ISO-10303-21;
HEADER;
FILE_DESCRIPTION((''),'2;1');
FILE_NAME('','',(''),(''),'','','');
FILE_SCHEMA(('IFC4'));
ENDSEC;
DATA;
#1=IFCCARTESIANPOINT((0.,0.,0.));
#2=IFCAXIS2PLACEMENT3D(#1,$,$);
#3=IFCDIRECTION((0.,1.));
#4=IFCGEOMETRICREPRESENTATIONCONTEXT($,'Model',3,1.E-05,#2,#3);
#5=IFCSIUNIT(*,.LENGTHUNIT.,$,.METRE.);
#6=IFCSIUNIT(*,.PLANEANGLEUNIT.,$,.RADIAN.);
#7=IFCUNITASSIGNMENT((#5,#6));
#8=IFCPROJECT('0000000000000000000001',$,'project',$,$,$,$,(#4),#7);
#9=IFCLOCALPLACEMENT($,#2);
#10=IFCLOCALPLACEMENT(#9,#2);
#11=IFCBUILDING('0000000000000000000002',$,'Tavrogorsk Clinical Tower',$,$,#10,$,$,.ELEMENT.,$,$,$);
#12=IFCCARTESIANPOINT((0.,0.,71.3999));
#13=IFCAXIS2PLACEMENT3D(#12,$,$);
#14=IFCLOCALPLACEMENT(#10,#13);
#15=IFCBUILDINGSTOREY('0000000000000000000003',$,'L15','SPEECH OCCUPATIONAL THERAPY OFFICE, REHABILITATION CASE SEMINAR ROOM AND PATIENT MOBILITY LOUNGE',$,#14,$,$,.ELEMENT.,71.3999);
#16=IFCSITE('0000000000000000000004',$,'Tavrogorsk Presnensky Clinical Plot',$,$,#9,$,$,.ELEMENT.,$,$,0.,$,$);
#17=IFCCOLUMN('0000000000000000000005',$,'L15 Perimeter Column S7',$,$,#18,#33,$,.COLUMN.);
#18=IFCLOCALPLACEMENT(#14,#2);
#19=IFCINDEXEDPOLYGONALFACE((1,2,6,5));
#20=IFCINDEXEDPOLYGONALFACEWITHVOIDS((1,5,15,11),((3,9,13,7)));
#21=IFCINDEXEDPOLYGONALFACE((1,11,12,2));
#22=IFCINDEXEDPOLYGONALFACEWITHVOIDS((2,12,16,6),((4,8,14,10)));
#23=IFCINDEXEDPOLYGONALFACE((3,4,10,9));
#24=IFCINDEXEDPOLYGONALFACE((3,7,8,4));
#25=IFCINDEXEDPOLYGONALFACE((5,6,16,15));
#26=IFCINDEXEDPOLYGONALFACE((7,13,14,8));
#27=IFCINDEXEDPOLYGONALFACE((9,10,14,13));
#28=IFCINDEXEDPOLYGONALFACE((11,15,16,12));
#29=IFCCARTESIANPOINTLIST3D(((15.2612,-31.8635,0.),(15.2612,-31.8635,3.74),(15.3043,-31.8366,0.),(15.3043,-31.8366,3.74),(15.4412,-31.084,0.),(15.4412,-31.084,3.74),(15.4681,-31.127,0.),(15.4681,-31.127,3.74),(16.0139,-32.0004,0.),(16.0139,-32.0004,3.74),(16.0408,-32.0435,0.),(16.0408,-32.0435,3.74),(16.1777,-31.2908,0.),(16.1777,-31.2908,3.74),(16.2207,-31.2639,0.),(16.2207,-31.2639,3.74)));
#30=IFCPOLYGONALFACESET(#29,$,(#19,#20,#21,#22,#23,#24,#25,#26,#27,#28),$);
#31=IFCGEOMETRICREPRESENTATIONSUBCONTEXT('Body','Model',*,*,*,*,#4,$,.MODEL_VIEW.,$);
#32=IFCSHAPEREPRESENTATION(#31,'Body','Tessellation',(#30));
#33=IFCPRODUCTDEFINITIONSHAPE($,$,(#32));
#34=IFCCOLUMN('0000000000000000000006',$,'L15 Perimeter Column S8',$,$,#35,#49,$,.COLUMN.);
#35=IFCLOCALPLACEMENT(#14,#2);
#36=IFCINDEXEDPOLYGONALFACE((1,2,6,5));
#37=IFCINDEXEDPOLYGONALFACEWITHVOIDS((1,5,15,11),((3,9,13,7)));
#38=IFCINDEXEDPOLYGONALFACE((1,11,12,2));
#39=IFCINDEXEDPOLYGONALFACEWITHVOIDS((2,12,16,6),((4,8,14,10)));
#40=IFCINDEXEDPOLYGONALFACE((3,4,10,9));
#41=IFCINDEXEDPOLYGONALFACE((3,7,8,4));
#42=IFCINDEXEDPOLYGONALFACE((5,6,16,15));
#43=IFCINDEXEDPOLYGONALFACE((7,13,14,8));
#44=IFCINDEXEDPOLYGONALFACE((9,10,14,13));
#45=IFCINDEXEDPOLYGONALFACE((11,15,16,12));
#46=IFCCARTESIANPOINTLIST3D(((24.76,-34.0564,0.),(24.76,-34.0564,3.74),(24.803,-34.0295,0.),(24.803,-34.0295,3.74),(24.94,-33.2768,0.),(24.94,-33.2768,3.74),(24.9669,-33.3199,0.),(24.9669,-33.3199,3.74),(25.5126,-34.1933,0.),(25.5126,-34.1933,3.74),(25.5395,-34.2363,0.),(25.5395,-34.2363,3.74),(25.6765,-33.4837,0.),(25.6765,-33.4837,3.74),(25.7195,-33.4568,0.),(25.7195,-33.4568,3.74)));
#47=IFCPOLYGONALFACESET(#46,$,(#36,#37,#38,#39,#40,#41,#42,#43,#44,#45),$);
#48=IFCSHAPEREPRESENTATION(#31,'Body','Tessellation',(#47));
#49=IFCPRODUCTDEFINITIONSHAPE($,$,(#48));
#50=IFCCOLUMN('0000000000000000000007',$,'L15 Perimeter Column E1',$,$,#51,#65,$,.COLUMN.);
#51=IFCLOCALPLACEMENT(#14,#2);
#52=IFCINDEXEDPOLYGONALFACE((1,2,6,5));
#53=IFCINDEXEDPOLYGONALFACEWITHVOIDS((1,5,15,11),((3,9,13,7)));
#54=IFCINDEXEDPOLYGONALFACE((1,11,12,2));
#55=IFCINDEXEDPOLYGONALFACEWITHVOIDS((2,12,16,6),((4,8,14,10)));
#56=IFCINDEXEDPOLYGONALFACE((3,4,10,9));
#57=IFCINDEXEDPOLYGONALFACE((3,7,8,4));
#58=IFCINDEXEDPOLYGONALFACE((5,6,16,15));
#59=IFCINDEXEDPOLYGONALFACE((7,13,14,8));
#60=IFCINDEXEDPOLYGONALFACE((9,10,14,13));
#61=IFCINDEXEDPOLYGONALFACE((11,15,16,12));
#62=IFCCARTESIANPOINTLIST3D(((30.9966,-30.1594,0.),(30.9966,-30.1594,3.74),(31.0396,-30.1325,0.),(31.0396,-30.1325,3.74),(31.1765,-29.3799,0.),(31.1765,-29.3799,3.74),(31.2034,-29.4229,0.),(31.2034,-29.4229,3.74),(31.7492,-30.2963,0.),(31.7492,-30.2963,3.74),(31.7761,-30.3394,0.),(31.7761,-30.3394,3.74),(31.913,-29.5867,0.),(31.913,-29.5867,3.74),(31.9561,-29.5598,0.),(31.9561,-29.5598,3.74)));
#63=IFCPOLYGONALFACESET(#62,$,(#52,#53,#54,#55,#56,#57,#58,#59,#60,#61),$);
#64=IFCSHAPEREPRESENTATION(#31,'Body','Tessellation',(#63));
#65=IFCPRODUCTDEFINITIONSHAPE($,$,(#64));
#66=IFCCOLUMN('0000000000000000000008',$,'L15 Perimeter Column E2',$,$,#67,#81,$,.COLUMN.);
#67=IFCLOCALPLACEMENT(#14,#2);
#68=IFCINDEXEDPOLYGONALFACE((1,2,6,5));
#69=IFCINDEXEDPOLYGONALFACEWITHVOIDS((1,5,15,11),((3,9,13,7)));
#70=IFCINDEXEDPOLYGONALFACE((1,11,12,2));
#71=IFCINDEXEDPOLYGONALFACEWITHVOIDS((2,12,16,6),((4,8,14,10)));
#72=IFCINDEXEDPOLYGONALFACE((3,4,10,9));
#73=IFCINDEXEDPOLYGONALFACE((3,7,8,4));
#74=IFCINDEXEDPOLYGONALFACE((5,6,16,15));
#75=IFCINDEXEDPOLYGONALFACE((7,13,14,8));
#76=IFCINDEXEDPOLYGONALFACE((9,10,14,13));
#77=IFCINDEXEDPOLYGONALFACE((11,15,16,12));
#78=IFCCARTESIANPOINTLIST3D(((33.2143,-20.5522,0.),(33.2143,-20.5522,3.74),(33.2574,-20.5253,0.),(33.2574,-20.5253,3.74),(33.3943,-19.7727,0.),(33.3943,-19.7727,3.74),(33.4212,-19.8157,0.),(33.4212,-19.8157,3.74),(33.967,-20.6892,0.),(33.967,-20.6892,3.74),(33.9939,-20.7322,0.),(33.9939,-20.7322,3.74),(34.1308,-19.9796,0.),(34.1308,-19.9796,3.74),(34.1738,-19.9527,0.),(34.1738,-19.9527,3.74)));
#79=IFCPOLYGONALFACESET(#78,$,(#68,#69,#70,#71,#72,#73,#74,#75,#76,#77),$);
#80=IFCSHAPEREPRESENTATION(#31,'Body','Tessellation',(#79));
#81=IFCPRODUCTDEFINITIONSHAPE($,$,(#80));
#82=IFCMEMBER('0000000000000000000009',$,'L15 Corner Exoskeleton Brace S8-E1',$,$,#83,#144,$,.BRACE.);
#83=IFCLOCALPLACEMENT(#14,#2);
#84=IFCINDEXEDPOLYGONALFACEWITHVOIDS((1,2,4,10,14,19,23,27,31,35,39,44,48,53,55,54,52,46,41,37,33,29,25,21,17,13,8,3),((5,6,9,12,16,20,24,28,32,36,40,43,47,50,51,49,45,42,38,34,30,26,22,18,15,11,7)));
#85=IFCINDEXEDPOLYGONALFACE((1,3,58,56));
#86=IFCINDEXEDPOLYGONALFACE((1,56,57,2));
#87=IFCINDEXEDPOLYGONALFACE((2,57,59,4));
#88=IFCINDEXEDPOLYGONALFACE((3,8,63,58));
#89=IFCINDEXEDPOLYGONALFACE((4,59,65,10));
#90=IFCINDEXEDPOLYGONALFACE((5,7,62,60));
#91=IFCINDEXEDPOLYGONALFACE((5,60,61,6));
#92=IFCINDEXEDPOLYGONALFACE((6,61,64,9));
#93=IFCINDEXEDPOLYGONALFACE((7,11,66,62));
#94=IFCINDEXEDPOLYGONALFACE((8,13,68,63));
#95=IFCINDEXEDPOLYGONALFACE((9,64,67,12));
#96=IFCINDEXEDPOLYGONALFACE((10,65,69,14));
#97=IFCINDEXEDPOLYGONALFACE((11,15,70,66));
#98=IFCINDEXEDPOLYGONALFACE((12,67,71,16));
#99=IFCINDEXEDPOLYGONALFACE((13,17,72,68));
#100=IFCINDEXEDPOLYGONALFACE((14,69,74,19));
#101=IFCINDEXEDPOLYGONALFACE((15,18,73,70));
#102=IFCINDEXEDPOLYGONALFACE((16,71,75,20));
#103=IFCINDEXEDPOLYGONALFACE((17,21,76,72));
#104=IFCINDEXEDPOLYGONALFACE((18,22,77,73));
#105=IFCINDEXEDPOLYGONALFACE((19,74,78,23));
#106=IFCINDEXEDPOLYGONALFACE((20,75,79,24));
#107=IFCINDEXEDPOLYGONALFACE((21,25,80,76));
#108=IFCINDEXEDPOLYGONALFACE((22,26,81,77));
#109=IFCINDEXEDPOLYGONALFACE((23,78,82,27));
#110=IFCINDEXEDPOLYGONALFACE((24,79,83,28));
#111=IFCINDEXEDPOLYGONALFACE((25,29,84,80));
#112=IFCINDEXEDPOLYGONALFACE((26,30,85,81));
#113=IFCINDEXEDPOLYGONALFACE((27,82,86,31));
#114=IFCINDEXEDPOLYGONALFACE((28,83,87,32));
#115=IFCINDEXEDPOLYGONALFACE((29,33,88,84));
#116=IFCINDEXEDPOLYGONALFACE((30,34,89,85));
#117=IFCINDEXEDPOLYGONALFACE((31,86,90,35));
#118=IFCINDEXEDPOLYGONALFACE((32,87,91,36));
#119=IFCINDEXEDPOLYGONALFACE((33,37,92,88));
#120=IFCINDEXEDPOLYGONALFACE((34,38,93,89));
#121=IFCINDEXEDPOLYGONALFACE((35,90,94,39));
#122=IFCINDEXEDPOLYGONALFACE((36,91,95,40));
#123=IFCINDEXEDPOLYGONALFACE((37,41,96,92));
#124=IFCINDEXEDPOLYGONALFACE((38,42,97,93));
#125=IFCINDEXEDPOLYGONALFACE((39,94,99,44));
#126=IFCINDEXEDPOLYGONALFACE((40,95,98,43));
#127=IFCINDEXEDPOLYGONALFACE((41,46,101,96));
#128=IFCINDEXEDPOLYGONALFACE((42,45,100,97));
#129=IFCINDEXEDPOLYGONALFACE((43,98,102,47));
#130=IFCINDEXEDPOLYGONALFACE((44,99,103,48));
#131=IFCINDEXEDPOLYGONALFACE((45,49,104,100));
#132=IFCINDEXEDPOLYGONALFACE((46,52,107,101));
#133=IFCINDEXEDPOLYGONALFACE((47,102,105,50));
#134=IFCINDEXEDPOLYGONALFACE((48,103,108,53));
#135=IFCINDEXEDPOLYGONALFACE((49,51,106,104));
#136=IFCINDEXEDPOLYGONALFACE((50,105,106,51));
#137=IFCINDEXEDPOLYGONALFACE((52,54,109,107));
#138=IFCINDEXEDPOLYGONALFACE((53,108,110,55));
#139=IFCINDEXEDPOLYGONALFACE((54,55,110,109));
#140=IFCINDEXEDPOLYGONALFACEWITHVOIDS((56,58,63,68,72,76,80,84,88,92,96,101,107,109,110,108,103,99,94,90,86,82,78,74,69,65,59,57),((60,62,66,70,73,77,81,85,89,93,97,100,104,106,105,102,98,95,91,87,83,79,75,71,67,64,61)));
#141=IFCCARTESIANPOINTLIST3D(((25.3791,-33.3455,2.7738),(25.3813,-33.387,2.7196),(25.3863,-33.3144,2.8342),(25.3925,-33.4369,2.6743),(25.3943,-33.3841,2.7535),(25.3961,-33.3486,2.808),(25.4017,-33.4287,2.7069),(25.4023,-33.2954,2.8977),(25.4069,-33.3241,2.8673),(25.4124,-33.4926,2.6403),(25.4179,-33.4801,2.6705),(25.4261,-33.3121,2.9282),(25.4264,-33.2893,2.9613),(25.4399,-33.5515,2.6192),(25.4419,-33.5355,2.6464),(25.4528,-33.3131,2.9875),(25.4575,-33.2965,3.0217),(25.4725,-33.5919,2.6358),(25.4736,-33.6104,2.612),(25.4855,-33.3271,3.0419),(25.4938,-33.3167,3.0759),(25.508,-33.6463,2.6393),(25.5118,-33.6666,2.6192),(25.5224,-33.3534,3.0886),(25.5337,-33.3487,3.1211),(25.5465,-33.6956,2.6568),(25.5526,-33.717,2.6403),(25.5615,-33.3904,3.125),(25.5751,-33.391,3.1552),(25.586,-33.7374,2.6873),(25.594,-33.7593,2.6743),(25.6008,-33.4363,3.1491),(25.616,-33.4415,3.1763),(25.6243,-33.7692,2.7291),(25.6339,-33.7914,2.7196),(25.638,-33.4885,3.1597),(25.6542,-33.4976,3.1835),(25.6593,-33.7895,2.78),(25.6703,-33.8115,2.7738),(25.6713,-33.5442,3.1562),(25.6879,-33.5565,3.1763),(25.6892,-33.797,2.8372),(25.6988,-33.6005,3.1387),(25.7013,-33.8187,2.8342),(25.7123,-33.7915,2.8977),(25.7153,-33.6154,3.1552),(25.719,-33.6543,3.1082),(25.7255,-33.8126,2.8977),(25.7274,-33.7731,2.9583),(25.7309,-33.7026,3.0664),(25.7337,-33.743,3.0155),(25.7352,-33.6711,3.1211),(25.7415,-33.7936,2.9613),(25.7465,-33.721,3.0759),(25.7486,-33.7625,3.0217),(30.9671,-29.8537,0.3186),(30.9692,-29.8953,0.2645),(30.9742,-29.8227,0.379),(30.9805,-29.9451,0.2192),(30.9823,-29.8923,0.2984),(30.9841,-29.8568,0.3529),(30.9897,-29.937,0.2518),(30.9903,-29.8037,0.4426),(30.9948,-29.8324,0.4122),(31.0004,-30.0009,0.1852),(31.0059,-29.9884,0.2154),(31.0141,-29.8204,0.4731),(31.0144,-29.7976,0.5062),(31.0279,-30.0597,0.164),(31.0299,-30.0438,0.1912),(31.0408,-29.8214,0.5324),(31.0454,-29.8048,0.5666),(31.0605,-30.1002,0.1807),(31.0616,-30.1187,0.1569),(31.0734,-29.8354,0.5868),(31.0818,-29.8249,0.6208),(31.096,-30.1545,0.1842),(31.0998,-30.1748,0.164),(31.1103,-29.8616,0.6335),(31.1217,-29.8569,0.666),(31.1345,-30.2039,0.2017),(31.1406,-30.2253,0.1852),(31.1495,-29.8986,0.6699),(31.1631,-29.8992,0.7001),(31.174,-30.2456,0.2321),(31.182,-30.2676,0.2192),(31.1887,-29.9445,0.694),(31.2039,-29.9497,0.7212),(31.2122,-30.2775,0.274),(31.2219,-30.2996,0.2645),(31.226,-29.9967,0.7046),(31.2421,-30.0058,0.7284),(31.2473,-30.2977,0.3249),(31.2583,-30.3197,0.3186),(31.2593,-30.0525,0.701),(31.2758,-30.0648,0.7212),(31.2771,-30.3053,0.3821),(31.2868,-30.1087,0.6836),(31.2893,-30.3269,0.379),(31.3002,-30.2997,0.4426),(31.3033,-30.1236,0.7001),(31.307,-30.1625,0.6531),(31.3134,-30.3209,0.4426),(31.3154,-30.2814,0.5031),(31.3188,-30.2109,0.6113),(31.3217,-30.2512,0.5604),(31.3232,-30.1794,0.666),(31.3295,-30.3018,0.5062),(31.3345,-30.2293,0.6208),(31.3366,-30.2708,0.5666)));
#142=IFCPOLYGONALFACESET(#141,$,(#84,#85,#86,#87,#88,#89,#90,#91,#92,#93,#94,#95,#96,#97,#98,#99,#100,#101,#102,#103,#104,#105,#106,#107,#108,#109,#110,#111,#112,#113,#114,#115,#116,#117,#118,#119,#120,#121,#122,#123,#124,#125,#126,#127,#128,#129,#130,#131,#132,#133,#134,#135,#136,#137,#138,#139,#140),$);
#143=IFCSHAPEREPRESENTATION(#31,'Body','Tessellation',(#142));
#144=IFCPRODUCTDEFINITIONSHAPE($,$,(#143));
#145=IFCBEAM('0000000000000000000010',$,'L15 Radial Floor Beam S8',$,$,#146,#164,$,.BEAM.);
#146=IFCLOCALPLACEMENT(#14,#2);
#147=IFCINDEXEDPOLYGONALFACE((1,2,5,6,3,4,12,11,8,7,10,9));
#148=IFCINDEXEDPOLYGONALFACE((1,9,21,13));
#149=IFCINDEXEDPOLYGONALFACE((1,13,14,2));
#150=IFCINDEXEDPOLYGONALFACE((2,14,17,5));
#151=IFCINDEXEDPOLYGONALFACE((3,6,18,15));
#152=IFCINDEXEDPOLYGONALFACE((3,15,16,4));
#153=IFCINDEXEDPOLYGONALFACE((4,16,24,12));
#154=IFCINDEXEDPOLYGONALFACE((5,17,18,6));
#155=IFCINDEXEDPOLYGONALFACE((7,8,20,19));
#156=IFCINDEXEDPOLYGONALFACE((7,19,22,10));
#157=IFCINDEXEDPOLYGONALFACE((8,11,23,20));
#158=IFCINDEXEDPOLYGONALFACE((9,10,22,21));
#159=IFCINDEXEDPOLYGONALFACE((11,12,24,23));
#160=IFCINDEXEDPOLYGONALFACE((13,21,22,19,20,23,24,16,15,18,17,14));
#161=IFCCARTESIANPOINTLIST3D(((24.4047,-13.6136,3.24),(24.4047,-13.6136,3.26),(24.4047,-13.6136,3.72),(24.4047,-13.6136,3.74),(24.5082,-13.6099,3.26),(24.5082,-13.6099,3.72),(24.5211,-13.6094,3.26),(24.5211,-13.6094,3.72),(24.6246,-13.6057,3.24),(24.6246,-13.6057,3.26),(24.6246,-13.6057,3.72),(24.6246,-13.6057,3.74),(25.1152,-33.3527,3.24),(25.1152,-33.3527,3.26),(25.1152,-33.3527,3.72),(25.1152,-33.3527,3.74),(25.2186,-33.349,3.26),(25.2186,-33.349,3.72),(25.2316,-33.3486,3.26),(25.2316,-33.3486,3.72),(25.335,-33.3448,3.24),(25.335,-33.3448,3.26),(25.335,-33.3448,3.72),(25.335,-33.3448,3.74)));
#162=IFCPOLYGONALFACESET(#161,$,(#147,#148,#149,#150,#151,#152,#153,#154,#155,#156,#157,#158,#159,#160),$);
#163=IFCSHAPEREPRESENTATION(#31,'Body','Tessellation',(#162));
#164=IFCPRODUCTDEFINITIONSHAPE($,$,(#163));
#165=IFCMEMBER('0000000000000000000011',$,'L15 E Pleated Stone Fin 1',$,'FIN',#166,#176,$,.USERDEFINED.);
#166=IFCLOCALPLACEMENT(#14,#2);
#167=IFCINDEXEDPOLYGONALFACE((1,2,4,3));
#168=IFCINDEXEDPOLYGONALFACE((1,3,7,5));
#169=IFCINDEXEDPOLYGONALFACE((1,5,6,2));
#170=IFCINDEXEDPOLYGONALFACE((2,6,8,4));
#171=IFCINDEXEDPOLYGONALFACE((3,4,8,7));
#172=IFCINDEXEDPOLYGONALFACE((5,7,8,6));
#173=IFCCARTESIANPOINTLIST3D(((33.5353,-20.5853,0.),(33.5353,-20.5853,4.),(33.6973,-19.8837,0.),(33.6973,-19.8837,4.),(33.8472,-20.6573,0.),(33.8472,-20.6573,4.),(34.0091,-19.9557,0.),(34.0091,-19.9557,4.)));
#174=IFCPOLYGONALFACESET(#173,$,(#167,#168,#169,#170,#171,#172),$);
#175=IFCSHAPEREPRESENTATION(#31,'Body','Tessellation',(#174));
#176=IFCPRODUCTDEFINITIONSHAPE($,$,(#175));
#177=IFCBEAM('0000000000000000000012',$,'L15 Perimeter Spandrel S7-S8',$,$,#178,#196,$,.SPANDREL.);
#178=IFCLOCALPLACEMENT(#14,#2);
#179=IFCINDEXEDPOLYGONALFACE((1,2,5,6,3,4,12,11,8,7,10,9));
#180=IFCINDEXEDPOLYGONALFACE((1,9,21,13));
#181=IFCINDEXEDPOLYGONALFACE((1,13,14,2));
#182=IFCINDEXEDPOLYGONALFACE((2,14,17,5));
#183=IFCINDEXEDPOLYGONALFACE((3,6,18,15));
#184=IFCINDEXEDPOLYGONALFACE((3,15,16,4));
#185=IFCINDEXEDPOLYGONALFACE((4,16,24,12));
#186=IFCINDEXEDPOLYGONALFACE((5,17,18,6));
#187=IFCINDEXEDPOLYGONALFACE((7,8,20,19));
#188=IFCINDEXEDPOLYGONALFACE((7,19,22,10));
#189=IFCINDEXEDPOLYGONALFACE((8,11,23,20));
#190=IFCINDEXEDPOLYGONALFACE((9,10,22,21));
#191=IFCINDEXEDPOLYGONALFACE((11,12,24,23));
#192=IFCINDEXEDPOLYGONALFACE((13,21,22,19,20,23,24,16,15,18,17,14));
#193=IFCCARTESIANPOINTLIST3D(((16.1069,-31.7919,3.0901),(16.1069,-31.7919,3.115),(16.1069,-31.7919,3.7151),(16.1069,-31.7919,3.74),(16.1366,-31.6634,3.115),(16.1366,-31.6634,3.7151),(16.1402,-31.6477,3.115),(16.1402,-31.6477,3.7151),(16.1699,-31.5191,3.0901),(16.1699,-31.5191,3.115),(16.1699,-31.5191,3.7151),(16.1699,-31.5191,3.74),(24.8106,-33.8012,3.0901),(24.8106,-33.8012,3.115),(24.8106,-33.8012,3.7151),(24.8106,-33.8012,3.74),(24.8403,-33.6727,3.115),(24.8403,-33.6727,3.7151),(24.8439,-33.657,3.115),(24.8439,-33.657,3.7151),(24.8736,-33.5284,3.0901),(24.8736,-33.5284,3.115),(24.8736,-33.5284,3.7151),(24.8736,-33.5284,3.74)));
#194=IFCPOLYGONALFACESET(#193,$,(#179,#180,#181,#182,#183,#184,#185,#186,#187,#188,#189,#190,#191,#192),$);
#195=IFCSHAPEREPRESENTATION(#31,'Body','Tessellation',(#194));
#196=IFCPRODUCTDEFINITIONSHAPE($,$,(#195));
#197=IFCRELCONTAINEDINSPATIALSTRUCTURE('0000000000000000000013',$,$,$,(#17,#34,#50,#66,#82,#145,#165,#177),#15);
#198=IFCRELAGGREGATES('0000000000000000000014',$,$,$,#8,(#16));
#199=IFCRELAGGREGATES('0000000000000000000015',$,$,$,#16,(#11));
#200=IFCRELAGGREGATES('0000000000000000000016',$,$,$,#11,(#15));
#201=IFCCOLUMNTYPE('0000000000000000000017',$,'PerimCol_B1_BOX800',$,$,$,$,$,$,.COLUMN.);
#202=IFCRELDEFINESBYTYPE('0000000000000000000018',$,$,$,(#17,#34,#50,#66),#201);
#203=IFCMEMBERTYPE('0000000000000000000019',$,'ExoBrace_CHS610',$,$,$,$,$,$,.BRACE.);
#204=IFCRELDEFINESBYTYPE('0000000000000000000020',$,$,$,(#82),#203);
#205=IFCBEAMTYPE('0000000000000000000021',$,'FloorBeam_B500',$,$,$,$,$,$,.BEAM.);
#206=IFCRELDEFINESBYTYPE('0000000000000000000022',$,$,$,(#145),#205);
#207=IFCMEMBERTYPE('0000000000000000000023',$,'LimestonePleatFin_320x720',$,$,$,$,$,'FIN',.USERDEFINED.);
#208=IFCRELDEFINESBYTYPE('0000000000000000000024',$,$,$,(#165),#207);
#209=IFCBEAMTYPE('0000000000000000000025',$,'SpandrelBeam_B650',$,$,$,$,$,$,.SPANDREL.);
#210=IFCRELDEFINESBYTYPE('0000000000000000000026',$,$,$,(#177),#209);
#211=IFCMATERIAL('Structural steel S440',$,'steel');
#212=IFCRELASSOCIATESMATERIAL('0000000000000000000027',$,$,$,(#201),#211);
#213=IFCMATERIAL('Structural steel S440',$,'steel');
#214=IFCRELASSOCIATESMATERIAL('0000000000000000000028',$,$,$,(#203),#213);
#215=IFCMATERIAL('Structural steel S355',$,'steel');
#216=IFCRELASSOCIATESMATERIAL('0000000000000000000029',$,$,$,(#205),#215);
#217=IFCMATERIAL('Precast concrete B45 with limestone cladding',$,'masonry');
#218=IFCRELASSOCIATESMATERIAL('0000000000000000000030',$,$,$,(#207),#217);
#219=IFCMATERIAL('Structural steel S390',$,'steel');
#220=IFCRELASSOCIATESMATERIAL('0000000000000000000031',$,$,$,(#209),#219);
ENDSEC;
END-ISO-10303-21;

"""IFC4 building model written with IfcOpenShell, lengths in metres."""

from ifc_helpers import new_model, si_unit, direction, frame, origin, origin_2d, place, context, subcontext, project, spatial, rectangle, hollow_rectangle, hollow_circle, i_section, extrude, material, material_profile, profile_set, type_object, element, save


model = new_model("IFC4")

# Units and contexts
model_context = context("Model", 3, precision=1e-05, world=origin(), true_north=direction((0.0, 1.0)))
body_context = subcontext(model_context, "Body", "Model", "MODEL_VIEW")
ifc_project = project(units=[si_unit("LENGTHUNIT", "METRE"), si_unit("PLANEANGLEUNIT", "RADIAN")], contexts=[model_context])

# Site, building, storey
site_placement = place(None, origin())
site = spatial("IfcSite", under=ifc_project, at=site_placement, Name="Tavrogorsk Presnensky Clinical Plot", CompositionType="ELEMENT", RefElevation=0.0)
building_placement = place(site_placement, origin())
building = spatial("IfcBuilding", under=site, at=building_placement, Name="Tavrogorsk Clinical Tower", CompositionType="ELEMENT")
storey_placement = place(building_placement, frame((0.0, 0.0, 71.3999)))
storey = spatial("IfcBuildingStorey", under=building, at=storey_placement, Name="L15", Description="SPEECH OCCUPATIONAL THERAPY OFFICE, REHABILITATION CASE SEMINAR ROOM AND PATIENT MOBILITY LOUNGE", CompositionType="ELEMENT", Elevation=71.3999)

# Columns
ifc_material_1 = material(Name="Structural steel S440", Category="steel")
ifc_material_profile_1 = material_profile(ifc_material_1, hollow_rectangle(XDim=0.8, YDim=0.8, WallThickness=0.0359, at=origin_2d()), Name="BOX-800x800x36")
ifc_profile_set_1 = profile_set([ifc_material_profile_1], Name="Structural steel S440")
column_type = type_object("IfcColumnType", Name="PerimCol_B1_BOX800", PredefinedType="COLUMN", material=ifc_profile_set_1)
for number, where, z_axis, x_axis, name in (
    (1, (15.741, -31.5637, 0.0), (0.0, 0.0, 1.0), (0.97437, -0.224951, 0.0), "L15 Perimeter Column S7"),
    (2, (25.2397, -33.7566, 0.0), (0.0, 0.0, 1.0), (0.97437, -0.224951, 0.0), "L15 Perimeter Column S8"),
    (3, (31.4763, -29.8596, 0.0), (0.0, 0.0, 1.0), (0.97437, -0.224951, 0.0), "L15 Perimeter Column E1"),
    (4, (33.6941, -20.2524, 0.0), (0.0, 0.0, 1.0), (0.97437, -0.224951, 0.0), "L15 Perimeter Column E2"),
):
    element("IfcColumn", number, at=place(storey_placement, frame(where, z_axis=z_axis, x_axis=x_axis)), inside=storey, type_object=column_type, Name=name, PredefinedType="COLUMN", context=body_context, shape_type="SweptSolid", body=[
        extrude(hollow_rectangle(XDim=0.8, YDim=0.8, WallThickness=0.0359, at=origin_2d()), origin(), (0.0, 0.0, 1.0), 3.74),
    ])

# Member
ifc_material_2 = material(Name="Structural steel S440", Category="steel")
ifc_material_profile_2 = material_profile(ifc_material_2, hollow_circle(Radius=0.3049, WallThickness=0.0249, at=origin_2d()), Name="CHS-610x25")
ifc_profile_set_2 = profile_set([ifc_material_profile_2], Name="Structural steel S440")
member_type_1 = type_object("IfcMemberType", Name="ExoBrace_CHS610", PredefinedType="BRACE", material=ifc_profile_set_2)
member_1_placement = place(storey_placement, frame((31.1519, -30.0623, 0.4426), z_axis=(-0.794679, -0.49657, 0.349148), x_axis=(0.529919, -0.848048, 0.0)))
element("IfcMember", 5, at=member_1_placement, inside=storey, type_object=member_type_1, Name="L15 Corner Exoskeleton Brace S8-E1", PredefinedType="BRACE", context=body_context, shape_type="SweptSolid", body=[
    extrude(hollow_circle(Radius=0.3049, WallThickness=0.0249, at=origin_2d()), origin(), (0.0, 0.0, 1.0), 7.0317),
])

# Beam
ifc_material_3 = material(Name="Structural steel S355", Category="steel")
ifc_material_profile_3 = material_profile(ifc_material_3, i_section(OverallWidth=0.22, OverallDepth=0.5, WebThickness=0.0129, FlangeThickness=0.02, at=origin_2d()), Name="B-500x220x13x20")
ifc_profile_set_3 = profile_set([ifc_material_profile_3], Name="Structural steel S355")
beam_type_1 = type_object("IfcBeamType", Name="FloorBeam_B500", PredefinedType="BEAM", material=ifc_profile_set_3)
beam_1_placement = place(storey_placement, frame((24.5146, -13.6096, 3.49), z_axis=(0.035968, -0.999353, 0.0), x_axis=(0.999353, 0.035968, 0.0)))
element("IfcBeam", 6, at=beam_1_placement, inside=storey, type_object=beam_type_1, Name="L15 Radial Floor Beam S8", PredefinedType="BEAM", context=body_context, shape_type="SweptSolid", body=[
    extrude(i_section(OverallWidth=0.22, OverallDepth=0.5, WebThickness=0.0129, FlangeThickness=0.02, at=origin_2d()), origin(), (0.0, 0.0, 1.0), 19.752),
])

# Member
ifc_material_4 = material(Name="Precast concrete B45 with limestone cladding", Category="masonry")
ifc_material_profile_4 = material_profile(ifc_material_4, rectangle(XDim=0.3201, YDim=0.72, at=origin_2d()), Name="LIMESTONE-FIN-320x720")
ifc_profile_set_4 = profile_set([ifc_material_profile_4], Name="Precast concrete B45 with limestone cladding")
member_type_2 = type_object("IfcMemberType", Name="LimestonePleatFin_320x720", ElementType="FIN", PredefinedType="USERDEFINED", material=ifc_profile_set_4)
member_2_placement = place(storey_placement, frame((33.7722, -20.2705, 0.0), z_axis=(0.0, 0.0, 1.0), x_axis=(0.97437, -0.224951, 0.0)))
element("IfcMember", 7, at=member_2_placement, inside=storey, type_object=member_type_2, Name="L15 E Pleated Stone Fin 1", ObjectType="FIN", PredefinedType="USERDEFINED", context=body_context, shape_type="SweptSolid", body=[
    extrude(rectangle(XDim=0.3201, YDim=0.72, at=origin_2d()), origin(), (0.0, 0.0, 1.0), 4.0),
])

# Beam
ifc_material_5 = material(Name="Structural steel S390", Category="steel")
ifc_material_profile_5 = material_profile(ifc_material_5, i_section(OverallWidth=0.28, OverallDepth=0.6499, WebThickness=0.0161, FlangeThickness=0.0249, at=origin_2d()), Name="B-650x280x16x25")
ifc_profile_set_5 = profile_set([ifc_material_profile_5], Name="Structural steel S390")
beam_type_2 = type_object("IfcBeamType", Name="SpandrelBeam_B650", PredefinedType="SPANDREL", material=ifc_profile_set_5)
beam_2_placement = place(storey_placement, frame((16.1384, -31.6555, 3.415), z_axis=(0.974373, -0.224939, 0.0), x_axis=(0.224939, 0.974373, 0.0)))
element("IfcBeam", 8, at=beam_2_placement, inside=storey, type_object=beam_type_2, Name="L15 Perimeter Spandrel S7-S8", PredefinedType="SPANDREL", context=body_context, shape_type="SweptSolid", body=[
    extrude(i_section(OverallWidth=0.28, OverallDepth=0.6499, WebThickness=0.0161, FlangeThickness=0.0249, at=origin_2d()), origin(), (0.0, 0.0, 1.0), 8.9326),
])

save(model, "model.ifc")
